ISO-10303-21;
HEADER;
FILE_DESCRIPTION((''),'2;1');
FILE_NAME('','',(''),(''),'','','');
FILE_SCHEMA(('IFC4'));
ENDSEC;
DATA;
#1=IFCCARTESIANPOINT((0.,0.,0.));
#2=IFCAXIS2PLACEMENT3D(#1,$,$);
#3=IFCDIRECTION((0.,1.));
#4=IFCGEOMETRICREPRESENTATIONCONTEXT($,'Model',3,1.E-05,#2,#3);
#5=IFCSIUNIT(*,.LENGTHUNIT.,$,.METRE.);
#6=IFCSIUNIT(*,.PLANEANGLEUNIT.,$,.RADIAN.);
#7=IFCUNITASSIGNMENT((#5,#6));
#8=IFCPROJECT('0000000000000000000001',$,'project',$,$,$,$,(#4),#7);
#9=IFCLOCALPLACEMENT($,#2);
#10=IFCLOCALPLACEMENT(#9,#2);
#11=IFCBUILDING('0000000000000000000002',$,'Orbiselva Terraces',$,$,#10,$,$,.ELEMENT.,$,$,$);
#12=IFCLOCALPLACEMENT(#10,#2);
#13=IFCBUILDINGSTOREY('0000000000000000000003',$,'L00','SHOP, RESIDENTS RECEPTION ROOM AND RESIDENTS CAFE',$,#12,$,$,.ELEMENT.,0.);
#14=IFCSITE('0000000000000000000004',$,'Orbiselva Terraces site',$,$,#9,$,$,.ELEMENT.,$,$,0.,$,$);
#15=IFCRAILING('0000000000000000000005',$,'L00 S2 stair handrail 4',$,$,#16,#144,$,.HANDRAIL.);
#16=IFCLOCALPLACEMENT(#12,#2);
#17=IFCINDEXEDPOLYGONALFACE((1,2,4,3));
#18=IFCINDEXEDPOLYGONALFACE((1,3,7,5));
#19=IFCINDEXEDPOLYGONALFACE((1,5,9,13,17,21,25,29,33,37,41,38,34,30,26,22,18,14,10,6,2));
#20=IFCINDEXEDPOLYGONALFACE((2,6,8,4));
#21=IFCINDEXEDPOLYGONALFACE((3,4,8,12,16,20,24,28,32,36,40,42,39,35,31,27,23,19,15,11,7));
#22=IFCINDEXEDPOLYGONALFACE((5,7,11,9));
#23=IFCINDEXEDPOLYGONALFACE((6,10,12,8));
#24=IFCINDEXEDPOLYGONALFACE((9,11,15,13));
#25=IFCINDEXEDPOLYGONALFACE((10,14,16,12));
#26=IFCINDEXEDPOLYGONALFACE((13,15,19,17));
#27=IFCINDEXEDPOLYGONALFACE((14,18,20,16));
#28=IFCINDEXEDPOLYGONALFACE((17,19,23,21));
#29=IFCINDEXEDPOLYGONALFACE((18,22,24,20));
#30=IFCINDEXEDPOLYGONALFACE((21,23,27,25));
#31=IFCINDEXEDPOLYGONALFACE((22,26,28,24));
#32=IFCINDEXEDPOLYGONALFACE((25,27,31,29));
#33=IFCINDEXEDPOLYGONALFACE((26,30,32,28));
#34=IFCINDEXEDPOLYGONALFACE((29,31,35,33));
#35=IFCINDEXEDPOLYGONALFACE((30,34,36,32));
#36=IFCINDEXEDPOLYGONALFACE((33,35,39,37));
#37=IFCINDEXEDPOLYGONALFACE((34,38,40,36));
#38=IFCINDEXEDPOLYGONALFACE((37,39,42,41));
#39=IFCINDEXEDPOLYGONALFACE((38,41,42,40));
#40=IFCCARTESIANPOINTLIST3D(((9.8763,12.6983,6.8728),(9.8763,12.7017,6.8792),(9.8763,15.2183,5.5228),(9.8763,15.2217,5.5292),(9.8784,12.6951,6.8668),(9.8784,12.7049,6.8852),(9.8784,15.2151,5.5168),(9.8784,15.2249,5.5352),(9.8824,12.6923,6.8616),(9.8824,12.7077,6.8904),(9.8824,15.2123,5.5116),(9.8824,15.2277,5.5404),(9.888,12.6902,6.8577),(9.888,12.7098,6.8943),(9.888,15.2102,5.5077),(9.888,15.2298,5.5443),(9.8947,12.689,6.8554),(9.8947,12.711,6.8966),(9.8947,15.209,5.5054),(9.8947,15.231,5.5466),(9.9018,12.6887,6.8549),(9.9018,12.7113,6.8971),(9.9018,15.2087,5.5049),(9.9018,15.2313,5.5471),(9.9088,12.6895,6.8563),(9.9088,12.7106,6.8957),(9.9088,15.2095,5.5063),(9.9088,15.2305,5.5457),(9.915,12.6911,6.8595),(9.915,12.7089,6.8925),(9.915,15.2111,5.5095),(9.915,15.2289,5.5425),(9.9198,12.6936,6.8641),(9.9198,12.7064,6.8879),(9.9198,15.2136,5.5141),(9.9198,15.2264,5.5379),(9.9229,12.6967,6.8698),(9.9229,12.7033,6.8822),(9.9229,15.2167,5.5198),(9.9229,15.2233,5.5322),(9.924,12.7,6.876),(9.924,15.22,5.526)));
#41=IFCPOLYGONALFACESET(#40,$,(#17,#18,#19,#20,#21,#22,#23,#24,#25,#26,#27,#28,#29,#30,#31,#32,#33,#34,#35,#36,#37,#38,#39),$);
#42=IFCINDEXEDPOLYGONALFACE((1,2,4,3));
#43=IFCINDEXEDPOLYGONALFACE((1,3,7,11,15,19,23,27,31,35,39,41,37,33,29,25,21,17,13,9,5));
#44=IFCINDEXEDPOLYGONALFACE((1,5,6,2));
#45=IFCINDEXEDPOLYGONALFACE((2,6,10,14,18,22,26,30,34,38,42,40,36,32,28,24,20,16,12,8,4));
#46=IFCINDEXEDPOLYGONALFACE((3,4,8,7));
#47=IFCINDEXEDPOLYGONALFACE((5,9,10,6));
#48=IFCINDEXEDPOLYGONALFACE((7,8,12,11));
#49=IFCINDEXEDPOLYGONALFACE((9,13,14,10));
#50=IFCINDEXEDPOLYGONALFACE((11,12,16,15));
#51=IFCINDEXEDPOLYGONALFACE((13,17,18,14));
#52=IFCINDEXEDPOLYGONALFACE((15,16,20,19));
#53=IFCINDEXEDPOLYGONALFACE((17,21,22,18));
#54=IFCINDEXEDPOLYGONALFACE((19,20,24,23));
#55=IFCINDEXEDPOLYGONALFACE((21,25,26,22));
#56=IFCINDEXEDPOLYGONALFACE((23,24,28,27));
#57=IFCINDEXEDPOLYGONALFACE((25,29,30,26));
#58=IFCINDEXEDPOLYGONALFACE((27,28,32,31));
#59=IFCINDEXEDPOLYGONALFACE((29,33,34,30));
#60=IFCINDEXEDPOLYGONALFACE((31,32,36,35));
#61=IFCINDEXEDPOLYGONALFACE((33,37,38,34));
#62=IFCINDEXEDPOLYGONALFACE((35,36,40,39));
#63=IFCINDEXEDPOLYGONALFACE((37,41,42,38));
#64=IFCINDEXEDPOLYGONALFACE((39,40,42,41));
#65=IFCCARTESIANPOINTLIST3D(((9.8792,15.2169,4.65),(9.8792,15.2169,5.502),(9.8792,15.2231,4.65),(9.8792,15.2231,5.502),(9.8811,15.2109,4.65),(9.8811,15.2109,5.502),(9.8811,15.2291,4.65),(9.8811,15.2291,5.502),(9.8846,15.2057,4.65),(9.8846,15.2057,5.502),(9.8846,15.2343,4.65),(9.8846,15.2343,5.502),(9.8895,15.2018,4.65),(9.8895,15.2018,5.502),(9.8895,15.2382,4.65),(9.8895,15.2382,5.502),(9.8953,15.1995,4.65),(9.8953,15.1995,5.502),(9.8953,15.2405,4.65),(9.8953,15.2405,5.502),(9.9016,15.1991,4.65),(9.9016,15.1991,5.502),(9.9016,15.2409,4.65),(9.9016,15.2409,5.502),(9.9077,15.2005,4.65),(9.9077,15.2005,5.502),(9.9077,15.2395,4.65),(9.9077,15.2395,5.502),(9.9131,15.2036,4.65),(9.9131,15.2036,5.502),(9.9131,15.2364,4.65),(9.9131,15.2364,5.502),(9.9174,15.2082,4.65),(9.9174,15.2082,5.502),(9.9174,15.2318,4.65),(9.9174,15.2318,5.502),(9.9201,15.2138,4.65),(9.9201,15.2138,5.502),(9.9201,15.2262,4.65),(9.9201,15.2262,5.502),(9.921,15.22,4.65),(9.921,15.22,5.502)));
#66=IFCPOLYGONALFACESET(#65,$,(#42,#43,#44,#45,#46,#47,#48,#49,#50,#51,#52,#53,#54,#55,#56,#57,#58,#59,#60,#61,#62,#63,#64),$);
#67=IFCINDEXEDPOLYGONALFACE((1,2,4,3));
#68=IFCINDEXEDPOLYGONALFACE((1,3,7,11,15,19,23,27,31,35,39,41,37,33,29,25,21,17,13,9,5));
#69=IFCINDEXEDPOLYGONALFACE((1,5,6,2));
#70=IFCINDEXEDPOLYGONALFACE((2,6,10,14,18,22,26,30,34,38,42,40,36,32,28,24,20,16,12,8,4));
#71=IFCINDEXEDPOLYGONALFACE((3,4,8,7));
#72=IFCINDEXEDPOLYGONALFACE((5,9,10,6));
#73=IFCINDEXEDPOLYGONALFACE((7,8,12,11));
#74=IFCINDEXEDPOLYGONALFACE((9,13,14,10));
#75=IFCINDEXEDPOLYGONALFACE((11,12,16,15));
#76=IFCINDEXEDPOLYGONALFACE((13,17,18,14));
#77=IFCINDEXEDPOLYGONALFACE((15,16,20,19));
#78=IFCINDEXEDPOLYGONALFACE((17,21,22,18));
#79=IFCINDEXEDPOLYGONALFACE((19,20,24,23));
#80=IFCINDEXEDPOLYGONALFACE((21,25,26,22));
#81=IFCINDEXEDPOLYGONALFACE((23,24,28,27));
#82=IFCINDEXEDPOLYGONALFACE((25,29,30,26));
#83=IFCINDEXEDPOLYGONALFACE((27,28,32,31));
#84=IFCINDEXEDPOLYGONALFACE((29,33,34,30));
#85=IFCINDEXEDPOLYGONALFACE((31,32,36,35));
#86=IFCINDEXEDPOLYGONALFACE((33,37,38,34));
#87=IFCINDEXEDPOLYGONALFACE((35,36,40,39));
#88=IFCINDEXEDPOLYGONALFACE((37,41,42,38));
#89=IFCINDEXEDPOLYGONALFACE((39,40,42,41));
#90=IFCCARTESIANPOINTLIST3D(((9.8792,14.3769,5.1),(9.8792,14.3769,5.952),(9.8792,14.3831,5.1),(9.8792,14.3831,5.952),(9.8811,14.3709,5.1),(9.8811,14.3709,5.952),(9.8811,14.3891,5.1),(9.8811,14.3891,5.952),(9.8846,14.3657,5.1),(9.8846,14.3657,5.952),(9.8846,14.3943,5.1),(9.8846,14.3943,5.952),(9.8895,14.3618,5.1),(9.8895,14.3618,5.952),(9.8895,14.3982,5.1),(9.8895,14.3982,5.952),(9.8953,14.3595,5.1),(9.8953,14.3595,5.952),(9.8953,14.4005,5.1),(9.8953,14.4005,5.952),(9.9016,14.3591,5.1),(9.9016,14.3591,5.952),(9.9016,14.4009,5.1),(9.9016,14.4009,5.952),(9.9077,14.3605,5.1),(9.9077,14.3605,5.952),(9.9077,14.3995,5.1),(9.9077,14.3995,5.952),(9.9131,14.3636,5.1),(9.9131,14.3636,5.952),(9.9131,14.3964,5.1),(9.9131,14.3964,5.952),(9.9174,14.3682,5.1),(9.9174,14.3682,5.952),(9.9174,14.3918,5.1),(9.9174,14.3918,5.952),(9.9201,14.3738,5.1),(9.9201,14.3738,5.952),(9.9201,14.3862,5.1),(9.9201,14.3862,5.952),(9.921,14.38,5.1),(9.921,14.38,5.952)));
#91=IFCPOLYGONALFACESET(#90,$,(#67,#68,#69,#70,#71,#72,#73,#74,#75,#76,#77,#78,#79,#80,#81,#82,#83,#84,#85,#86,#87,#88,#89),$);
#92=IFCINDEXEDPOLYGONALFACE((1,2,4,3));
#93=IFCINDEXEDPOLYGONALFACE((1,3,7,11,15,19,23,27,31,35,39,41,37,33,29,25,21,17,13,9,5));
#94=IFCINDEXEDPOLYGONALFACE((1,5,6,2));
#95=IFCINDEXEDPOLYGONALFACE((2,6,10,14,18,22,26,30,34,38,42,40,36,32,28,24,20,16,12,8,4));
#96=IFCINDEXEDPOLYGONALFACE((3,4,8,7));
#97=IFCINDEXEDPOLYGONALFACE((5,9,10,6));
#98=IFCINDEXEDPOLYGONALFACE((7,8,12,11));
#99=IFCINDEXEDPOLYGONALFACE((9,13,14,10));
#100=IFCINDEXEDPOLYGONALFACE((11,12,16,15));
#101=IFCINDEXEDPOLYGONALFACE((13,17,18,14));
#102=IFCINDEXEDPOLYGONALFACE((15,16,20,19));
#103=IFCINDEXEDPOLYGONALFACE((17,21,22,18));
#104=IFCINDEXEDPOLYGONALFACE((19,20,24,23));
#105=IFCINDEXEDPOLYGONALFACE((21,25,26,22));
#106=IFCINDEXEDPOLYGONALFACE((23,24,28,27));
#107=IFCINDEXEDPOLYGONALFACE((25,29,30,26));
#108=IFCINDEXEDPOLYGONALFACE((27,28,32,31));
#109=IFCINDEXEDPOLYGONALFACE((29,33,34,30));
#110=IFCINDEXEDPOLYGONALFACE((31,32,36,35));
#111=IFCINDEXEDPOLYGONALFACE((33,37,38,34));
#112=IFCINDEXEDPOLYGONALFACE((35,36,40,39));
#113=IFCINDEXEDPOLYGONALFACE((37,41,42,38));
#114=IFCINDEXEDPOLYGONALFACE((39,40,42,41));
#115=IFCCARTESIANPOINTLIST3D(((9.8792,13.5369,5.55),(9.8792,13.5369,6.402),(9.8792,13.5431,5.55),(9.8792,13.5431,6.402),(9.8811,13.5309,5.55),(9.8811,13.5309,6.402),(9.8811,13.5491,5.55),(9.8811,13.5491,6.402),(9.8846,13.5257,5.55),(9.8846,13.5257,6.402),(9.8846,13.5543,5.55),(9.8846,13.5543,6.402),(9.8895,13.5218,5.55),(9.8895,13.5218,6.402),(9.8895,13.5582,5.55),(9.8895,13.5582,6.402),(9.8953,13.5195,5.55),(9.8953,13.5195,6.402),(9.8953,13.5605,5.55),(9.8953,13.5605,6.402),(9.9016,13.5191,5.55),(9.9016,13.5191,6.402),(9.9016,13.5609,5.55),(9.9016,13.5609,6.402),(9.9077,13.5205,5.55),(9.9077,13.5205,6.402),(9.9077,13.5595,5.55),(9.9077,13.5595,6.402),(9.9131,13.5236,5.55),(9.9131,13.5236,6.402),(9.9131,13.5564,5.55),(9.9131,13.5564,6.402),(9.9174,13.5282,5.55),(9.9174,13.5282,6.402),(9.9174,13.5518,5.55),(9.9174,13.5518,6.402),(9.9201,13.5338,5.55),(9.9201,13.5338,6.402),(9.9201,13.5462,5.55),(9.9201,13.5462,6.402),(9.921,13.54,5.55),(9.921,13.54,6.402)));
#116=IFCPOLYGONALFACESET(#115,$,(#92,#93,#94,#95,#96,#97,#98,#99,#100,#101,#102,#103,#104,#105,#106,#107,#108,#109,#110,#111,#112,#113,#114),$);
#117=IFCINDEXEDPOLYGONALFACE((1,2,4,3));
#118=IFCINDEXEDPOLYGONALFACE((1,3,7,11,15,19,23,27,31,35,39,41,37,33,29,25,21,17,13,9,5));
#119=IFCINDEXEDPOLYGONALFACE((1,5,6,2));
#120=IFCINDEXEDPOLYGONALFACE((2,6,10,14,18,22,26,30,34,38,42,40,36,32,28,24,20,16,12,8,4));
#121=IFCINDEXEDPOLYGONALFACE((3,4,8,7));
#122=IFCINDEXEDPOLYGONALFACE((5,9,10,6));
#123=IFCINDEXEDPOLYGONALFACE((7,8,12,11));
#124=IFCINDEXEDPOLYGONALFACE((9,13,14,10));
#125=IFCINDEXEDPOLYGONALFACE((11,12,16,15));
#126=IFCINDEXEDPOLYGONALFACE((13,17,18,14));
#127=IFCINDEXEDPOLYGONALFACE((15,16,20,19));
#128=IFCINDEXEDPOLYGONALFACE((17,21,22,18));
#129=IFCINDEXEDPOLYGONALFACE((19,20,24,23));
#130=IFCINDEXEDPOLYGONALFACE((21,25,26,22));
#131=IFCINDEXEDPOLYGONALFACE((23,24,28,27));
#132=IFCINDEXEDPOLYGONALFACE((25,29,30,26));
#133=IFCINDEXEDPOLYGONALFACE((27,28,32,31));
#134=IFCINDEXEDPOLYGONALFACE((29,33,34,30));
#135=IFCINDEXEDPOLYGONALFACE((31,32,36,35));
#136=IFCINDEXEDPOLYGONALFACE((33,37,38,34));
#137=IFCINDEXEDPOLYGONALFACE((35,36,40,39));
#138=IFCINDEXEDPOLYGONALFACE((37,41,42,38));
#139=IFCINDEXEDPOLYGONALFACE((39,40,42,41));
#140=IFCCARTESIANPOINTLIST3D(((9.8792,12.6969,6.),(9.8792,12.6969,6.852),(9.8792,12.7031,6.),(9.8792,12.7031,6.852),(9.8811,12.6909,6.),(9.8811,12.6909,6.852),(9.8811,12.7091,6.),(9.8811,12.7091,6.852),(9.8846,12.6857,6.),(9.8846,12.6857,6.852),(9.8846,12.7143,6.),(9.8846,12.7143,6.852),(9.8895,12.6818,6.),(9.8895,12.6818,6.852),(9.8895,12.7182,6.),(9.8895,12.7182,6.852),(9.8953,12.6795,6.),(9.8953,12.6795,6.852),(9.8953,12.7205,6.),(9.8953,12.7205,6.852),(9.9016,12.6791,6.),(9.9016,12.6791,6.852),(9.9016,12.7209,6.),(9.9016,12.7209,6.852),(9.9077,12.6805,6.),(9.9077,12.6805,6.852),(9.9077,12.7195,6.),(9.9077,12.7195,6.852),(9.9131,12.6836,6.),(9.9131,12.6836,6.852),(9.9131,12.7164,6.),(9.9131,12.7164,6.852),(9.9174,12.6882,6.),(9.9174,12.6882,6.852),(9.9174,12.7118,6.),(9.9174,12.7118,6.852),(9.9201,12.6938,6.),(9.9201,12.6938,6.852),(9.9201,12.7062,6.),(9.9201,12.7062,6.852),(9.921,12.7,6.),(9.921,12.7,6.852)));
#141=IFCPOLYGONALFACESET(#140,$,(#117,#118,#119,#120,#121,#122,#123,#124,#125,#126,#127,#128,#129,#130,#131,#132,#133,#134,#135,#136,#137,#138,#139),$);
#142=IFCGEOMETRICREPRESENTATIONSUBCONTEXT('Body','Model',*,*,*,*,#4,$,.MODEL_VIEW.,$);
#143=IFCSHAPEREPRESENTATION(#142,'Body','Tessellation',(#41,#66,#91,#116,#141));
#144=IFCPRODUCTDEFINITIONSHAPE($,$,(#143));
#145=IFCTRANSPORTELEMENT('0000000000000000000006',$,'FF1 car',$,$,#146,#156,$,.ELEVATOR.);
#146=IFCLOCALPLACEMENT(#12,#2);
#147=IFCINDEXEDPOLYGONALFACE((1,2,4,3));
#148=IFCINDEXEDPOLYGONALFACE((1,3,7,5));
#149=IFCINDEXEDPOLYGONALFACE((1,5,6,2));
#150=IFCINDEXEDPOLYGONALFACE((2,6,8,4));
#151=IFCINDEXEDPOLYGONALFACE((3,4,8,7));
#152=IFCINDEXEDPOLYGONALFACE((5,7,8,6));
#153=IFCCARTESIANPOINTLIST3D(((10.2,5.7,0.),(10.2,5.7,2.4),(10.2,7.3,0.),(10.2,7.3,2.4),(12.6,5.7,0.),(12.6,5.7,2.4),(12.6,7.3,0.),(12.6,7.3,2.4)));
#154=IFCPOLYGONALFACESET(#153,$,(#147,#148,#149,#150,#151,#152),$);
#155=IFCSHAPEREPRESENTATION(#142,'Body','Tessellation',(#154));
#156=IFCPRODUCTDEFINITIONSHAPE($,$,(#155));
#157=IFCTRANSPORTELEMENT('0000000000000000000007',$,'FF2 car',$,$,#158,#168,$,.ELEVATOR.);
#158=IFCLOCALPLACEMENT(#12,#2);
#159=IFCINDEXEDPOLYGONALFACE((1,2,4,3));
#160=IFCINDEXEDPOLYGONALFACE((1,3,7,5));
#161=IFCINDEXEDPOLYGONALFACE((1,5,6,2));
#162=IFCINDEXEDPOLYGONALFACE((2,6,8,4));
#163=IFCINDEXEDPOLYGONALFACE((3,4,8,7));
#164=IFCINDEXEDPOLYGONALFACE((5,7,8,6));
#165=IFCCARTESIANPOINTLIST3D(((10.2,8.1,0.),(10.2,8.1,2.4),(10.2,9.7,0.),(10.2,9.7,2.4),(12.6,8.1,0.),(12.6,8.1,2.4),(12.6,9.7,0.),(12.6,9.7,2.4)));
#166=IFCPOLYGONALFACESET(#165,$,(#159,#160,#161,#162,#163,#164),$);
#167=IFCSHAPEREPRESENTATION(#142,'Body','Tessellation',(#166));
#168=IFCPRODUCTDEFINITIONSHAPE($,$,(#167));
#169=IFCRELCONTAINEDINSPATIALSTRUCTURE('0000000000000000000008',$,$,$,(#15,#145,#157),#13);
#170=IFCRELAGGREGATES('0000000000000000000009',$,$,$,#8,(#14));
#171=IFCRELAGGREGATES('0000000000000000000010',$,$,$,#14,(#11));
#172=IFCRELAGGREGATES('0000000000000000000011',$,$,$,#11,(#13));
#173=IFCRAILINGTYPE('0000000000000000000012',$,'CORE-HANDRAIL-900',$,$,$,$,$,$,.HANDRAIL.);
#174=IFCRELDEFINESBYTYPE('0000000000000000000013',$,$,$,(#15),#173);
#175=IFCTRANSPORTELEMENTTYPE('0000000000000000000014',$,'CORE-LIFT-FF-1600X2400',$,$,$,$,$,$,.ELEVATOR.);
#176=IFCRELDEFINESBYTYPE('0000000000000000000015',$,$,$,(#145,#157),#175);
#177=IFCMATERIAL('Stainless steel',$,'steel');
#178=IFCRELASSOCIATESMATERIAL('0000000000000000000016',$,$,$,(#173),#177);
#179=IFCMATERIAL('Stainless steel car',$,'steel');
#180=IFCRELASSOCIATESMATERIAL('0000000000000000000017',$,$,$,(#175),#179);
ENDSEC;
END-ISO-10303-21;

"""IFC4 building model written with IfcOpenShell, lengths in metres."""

from ifc_helpers import new_model, si_unit, direction, frame, origin, origin_2d, place, context, subcontext, project, spatial, rectangle, circle, extrude, material, type_object, element, save


model = new_model("IFC4")

# Units and contexts
model_context = context("Model", 3, precision=1e-05, world=origin(), true_north=direction((0.0, 1.0)))
body_context = subcontext(model_context, "Body", "Model", "MODEL_VIEW")
ifc_project = project(units=[si_unit("LENGTHUNIT", "METRE"), si_unit("PLANEANGLEUNIT", "RADIAN")], contexts=[model_context])

# Site, building, storey
site_placement = place(None, origin())
site = spatial("IfcSite", under=ifc_project, at=site_placement, Name="Orbiselva Terraces site", CompositionType="ELEMENT", RefElevation=0.0)
building_placement = place(site_placement, origin())
building = spatial("IfcBuilding", under=site, at=building_placement, Name="Orbiselva Terraces", CompositionType="ELEMENT")
storey_placement = place(building_placement, origin())
storey = spatial("IfcBuildingStorey", under=building, at=storey_placement, Name="L00", Description="SHOP, RESIDENTS RECEPTION ROOM AND RESIDENTS CAFE", CompositionType="ELEMENT", Elevation=0.0)

# Railing
ifc_material_1 = material(Name="Stainless steel", Category="steel")
railing_type_1 = type_object("IfcRailingType", Name="CORE-HANDRAIL-900", PredefinedType="HANDRAIL", material=ifc_material_1)
railing_1_placement = place(storey_placement, frame((9.9, 15.22, 4.65)))
element("IfcRailing", 1, at=railing_1_placement, inside=storey, type_object=railing_type_1, Name="L00 S2 stair handrail 4", PredefinedType="HANDRAIL", context=body_context, shape_type="SweptSolid", body=[
    extrude(circle(Radius=0.024, at=origin_2d()), frame((0.0, 0.0, 0.876), z_axis=(0.0, -0.88148, 0.472221), x_axis=(1.0, 0.0, 0.0)), (0.0, 0.0, 1.0), 2.8588),
    extrude(circle(Radius=0.021, at=origin_2d()), origin(), (0.0, 0.0, 1.0), 0.852),
    extrude(circle(Radius=0.021, at=origin_2d()), frame((0.0, -0.84, 0.45)), (0.0, 0.0, 1.0), 0.852),
    extrude(circle(Radius=0.021, at=origin_2d()), frame((0.0, -1.68, 0.9)), (0.0, 0.0, 1.0), 0.852),
    extrude(circle(Radius=0.021, at=origin_2d()), frame((0.0, -2.52, 1.35)), (0.0, 0.0, 1.0), 0.852),
])

# Transport elements
ifc_material_2 = material(Name="Stainless steel car", Category="steel")
transport_element_type = type_object("IfcTransportElementType", Name="CORE-LIFT-FF-1600X2400", PredefinedType="ELEVATOR", material=ifc_material_2)
for number, where, z_axis, x_axis, name in (
    (2, (11.4, 6.5, 0.0), (0.0, 0.0, 1.0), (1.0, 0.0, 0.0), "FF1 car"),
    (3, (11.4, 8.9, 0.0), (0.0, 0.0, 1.0), (1.0, 0.0, 0.0), "FF2 car"),
):
    element("IfcTransportElement", number, at=place(storey_placement, frame(where, z_axis=z_axis, x_axis=x_axis)), inside=storey, type_object=transport_element_type, Name=name, PredefinedType="ELEVATOR", context=body_context, shape_type="SweptSolid", body=[
        extrude(rectangle(XDim=2.4, YDim=1.6, at=origin_2d()), origin(), (0.0, 0.0, 1.0), 2.4),
    ])

save(model, "model.ifc")
